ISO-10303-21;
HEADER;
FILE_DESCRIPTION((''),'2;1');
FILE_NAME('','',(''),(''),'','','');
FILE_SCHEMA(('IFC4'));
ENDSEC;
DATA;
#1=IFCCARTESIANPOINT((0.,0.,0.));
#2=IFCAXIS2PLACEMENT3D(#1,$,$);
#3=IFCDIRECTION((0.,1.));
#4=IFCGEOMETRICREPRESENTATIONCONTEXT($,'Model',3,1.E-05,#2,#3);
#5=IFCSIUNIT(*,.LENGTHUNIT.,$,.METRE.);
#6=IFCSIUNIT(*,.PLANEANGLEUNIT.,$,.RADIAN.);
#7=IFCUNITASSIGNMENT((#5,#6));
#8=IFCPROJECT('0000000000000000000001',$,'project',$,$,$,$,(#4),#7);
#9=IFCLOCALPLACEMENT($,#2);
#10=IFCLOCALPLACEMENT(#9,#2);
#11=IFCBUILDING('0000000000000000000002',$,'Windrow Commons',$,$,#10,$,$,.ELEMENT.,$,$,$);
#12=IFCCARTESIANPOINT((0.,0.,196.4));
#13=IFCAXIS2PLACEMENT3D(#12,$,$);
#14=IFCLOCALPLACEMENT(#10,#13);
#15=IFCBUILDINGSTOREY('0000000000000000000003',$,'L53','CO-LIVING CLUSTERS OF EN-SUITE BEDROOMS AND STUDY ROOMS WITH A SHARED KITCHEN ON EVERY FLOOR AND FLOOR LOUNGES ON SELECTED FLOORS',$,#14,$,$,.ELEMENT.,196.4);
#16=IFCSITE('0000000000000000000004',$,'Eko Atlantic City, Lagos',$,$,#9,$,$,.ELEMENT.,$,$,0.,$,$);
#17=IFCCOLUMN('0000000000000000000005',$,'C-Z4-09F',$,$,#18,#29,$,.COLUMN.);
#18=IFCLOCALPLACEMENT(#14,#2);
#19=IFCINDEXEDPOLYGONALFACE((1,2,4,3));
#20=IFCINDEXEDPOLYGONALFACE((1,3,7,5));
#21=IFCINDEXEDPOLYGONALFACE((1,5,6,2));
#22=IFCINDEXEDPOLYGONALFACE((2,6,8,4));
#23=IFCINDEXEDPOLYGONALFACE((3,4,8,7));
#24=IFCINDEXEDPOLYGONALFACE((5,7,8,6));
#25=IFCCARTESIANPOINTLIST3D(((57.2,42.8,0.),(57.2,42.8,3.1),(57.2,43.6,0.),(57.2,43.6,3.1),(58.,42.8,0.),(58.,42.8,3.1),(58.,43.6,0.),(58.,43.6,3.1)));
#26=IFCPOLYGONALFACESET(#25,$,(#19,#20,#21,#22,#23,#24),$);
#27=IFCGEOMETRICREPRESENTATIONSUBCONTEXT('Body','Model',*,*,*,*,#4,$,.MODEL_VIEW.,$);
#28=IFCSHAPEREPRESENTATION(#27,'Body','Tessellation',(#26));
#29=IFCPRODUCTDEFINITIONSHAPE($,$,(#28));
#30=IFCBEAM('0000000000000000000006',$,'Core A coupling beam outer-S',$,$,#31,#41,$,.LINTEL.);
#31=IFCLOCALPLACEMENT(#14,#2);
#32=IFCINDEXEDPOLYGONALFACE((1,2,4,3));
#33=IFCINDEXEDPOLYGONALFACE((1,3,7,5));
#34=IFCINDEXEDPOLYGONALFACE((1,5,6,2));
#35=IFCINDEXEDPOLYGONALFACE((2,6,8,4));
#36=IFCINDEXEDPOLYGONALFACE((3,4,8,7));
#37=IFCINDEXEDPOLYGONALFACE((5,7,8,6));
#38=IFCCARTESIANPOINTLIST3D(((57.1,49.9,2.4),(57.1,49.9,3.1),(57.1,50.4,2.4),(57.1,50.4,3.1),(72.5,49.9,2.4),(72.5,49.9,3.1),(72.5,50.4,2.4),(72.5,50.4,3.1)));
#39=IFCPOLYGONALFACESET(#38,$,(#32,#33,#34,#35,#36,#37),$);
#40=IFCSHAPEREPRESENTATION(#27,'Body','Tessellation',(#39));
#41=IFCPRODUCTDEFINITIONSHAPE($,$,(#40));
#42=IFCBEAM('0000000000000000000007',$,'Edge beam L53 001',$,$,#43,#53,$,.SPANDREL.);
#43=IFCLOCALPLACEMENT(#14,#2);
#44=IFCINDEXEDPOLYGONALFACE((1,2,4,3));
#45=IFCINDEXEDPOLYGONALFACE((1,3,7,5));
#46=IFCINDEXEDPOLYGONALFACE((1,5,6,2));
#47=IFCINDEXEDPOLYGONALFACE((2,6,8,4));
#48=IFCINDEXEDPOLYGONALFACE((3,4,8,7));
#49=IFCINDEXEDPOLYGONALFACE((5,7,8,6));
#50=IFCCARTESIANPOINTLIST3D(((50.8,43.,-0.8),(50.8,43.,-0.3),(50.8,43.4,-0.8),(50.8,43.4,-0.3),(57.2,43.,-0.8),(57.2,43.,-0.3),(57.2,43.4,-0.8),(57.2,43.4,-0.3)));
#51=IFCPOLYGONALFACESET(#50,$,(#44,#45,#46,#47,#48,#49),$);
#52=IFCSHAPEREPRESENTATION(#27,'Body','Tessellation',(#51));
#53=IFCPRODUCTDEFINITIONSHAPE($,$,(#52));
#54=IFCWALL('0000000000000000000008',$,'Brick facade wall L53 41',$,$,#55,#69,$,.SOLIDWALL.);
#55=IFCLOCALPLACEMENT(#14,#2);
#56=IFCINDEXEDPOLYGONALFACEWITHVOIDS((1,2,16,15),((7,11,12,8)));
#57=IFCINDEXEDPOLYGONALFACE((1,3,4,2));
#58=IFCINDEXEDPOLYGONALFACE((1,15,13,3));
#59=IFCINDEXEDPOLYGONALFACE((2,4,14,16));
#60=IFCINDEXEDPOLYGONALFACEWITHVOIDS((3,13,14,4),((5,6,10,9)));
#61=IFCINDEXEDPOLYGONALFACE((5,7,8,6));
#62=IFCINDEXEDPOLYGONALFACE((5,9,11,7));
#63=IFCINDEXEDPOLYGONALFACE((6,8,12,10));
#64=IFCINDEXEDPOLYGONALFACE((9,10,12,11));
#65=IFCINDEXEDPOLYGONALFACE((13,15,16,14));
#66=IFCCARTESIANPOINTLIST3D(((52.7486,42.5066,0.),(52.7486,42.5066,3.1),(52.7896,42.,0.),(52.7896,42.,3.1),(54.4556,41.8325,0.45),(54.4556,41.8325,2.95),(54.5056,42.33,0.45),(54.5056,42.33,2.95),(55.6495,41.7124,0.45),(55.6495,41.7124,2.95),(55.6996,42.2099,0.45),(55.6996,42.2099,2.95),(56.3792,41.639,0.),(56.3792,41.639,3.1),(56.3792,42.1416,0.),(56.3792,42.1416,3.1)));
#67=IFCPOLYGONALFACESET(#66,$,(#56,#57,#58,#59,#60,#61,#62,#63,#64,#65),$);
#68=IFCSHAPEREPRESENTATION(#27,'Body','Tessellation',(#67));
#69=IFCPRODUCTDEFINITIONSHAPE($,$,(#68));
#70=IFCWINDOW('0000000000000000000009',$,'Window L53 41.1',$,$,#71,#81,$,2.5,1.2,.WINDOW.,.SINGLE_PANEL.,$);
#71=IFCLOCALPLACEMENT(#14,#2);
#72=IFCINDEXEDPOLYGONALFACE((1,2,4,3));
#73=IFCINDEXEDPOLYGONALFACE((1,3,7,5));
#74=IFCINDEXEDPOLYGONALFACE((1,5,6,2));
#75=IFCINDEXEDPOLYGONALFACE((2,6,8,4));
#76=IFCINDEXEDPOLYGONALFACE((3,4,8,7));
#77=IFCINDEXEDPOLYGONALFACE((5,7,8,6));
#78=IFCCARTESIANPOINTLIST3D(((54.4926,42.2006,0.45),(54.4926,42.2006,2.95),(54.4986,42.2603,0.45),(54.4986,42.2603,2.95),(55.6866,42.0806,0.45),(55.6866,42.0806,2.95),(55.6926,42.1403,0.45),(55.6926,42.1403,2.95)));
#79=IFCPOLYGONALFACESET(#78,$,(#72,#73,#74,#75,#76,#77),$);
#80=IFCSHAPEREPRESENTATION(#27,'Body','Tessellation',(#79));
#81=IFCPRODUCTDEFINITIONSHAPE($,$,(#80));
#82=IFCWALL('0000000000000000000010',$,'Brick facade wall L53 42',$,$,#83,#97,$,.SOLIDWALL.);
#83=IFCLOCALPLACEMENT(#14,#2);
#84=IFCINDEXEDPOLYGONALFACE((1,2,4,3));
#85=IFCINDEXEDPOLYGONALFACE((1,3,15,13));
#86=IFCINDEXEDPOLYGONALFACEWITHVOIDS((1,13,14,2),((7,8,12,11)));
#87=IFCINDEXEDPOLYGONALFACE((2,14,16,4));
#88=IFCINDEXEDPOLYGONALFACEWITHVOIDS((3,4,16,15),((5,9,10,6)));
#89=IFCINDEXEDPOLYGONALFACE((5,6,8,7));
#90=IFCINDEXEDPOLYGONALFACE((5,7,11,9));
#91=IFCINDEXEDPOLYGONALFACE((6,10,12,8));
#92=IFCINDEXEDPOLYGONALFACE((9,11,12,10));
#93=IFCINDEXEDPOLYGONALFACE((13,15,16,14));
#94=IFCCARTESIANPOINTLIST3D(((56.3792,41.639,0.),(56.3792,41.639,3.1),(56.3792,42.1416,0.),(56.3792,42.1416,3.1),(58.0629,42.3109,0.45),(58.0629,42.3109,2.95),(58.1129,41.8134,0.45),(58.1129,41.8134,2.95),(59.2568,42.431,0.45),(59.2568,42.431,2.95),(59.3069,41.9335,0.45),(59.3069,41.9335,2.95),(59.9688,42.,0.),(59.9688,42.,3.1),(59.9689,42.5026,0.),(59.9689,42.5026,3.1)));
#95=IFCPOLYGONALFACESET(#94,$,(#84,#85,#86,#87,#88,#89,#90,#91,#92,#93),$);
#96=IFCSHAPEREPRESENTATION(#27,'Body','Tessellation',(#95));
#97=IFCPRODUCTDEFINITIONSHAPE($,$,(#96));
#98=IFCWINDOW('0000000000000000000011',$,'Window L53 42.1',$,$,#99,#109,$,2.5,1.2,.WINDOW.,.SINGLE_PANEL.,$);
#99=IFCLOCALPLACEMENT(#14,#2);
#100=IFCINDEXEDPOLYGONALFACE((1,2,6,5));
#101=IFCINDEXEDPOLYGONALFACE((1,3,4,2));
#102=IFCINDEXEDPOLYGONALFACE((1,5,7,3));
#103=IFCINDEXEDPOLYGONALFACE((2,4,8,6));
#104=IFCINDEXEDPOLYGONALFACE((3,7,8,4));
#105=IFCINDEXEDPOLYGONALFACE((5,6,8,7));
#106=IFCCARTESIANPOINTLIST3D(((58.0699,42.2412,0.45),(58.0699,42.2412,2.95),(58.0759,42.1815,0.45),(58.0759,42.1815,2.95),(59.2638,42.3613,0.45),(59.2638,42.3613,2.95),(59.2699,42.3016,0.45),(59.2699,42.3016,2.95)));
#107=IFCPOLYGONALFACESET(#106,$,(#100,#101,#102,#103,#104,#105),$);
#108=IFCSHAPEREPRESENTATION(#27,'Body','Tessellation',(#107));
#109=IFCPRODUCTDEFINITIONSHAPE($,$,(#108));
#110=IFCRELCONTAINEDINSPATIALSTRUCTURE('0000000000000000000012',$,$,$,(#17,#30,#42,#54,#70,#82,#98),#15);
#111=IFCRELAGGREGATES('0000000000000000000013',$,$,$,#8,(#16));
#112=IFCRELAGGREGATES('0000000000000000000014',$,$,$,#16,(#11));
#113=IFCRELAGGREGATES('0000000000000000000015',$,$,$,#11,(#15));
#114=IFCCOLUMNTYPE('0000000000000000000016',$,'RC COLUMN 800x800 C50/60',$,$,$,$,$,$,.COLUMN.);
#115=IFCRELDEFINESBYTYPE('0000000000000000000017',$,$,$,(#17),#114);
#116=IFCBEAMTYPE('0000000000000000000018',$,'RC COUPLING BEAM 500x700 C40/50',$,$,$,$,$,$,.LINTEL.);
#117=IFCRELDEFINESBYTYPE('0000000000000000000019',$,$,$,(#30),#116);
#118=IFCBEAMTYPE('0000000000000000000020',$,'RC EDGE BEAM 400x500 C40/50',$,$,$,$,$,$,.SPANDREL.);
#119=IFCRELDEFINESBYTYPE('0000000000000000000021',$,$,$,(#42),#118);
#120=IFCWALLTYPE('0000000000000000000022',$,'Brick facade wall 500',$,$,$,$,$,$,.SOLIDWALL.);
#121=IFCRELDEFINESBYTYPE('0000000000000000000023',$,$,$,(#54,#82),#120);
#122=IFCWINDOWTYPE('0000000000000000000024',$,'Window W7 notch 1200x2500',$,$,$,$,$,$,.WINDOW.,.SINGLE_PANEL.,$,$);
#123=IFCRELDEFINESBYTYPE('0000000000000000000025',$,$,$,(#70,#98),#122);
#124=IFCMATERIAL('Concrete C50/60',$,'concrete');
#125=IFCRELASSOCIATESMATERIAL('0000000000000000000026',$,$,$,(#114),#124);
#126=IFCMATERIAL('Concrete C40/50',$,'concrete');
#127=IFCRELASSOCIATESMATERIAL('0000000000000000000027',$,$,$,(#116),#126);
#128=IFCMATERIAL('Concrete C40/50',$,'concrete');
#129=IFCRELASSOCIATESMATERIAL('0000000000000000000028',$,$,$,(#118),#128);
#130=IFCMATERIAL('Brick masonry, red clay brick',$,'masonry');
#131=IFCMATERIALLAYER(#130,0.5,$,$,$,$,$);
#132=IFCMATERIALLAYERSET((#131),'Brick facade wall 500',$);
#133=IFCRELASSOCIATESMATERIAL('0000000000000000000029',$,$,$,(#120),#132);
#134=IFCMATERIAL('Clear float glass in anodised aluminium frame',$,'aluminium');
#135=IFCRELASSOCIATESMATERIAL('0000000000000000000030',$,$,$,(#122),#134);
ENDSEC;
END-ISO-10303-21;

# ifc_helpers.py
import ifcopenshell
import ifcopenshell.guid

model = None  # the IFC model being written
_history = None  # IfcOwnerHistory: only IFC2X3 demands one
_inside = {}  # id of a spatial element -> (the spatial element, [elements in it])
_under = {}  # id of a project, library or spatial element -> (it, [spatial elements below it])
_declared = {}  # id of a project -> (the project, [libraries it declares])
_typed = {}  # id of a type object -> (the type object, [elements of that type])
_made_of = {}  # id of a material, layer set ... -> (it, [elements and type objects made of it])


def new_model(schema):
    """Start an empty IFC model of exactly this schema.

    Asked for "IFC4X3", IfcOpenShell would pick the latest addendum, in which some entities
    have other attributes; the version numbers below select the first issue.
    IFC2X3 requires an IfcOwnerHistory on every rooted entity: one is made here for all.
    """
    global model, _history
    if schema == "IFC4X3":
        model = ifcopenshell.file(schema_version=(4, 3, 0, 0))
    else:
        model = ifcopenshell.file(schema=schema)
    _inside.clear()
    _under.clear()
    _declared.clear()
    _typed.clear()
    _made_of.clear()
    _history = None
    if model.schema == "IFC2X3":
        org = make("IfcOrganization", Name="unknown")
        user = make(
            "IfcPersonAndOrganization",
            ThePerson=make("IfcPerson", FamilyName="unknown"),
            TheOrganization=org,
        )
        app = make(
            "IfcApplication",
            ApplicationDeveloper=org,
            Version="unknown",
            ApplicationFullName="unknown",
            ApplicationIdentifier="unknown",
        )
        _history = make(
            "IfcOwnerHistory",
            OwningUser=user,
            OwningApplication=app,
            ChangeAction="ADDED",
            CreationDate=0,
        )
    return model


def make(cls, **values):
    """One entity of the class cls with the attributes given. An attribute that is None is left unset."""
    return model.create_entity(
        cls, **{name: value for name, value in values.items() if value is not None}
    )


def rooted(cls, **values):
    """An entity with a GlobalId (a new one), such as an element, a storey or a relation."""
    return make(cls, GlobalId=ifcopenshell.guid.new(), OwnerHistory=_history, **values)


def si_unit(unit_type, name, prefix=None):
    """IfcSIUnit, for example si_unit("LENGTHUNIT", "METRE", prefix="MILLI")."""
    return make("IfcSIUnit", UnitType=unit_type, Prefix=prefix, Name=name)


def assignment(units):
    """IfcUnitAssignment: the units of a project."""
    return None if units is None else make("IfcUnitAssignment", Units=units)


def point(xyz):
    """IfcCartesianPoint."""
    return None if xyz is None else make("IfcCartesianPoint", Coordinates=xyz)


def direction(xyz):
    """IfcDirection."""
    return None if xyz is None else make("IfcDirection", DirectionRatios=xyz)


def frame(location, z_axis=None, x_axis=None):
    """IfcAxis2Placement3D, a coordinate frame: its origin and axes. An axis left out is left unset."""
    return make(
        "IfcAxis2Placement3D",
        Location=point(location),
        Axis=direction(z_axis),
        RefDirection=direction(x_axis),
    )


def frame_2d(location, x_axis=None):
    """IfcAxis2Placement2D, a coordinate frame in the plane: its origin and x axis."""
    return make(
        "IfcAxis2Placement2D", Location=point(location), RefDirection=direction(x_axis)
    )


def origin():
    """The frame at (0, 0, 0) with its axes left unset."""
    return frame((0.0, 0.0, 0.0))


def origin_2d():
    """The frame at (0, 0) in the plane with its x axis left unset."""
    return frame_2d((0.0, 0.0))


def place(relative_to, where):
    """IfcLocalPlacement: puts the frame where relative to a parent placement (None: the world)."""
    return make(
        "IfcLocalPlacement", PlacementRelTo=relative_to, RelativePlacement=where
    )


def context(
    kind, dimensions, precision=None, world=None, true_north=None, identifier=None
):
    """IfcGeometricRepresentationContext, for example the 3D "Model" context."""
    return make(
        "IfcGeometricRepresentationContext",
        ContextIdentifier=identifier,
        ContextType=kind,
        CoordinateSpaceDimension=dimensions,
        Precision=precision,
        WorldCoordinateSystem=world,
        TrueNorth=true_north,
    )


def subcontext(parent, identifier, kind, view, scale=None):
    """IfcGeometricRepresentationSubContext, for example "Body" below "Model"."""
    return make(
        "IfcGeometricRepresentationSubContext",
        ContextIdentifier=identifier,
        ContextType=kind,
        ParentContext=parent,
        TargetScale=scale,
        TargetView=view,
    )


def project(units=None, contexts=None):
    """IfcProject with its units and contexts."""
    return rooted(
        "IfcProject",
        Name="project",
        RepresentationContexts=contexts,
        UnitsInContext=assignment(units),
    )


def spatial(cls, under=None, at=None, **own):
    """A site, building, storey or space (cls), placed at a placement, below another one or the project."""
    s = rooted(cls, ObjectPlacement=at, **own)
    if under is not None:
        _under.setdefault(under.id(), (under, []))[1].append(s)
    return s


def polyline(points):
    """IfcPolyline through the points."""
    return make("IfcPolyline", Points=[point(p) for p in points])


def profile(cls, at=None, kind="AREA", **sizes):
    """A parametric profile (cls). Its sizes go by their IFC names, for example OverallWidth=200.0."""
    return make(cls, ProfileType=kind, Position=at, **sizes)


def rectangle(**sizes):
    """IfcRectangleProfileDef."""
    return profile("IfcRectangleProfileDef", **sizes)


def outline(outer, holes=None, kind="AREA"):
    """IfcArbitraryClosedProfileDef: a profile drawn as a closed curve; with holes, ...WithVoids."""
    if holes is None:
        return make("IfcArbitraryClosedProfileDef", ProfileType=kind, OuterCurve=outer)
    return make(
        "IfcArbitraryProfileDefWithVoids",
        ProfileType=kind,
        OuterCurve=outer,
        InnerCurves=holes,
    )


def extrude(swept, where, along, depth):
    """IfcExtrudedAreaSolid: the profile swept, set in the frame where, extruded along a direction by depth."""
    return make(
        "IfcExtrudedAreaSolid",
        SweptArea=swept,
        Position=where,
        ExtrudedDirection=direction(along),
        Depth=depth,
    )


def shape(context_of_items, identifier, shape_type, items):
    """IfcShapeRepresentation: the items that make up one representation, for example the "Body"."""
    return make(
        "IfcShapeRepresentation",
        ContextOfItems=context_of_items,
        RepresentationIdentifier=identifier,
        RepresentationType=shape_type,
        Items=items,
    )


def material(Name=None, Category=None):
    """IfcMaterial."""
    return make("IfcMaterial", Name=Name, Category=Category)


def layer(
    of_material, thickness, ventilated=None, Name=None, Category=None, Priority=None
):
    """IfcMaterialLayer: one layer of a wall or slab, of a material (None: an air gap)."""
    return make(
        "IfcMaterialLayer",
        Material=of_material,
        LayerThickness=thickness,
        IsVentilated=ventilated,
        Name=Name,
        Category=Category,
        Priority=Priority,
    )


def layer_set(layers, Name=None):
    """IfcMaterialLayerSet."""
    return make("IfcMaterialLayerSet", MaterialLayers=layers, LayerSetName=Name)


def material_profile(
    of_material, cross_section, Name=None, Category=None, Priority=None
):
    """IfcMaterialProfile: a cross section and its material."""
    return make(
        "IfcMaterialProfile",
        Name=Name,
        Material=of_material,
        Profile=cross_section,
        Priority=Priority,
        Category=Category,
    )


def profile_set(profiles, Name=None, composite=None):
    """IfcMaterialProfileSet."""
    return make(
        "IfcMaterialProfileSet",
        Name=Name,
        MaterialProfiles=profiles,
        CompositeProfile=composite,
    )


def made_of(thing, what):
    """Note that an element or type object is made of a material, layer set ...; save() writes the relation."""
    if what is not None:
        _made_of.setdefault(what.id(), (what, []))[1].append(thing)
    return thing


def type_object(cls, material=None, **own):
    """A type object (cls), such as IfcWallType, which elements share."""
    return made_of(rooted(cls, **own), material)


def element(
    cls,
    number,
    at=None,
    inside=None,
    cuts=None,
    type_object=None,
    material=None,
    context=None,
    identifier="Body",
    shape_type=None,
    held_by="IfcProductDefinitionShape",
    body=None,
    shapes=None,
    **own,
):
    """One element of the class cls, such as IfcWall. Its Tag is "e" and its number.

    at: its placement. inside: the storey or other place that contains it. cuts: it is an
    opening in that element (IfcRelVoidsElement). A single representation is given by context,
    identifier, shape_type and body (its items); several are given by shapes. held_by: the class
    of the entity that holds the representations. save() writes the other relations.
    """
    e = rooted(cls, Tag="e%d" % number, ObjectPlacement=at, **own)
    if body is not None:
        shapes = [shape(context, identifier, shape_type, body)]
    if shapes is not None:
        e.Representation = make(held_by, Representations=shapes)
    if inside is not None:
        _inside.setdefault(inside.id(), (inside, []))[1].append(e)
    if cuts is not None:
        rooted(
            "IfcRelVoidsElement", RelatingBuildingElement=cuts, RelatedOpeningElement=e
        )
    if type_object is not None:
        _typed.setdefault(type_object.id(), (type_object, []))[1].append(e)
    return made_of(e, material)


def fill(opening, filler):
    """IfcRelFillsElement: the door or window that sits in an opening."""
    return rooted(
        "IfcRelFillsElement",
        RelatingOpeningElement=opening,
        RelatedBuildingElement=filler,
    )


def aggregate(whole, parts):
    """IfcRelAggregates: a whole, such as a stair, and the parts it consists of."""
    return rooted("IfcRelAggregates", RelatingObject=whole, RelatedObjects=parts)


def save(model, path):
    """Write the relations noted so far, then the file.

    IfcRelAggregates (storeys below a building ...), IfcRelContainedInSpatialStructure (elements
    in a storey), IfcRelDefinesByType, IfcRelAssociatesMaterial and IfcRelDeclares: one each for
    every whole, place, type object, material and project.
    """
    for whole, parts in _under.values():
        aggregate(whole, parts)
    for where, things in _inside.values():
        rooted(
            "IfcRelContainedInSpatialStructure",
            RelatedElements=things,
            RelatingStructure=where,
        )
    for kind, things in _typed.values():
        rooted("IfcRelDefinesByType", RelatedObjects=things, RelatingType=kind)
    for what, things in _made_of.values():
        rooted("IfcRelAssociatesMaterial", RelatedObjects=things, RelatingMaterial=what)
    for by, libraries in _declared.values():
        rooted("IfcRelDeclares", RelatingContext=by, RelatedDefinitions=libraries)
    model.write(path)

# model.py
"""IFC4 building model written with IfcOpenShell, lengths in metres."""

from ifc_helpers import new_model, si_unit, direction, frame, frame_2d, origin, origin_2d, place, context, subcontext, project, spatial, polyline, rectangle, outline, extrude, material, layer, layer_set, material_profile, profile_set, type_object, element, fill, save


model = new_model("IFC4")

# Units and contexts
model_context = context("Model", 3, precision=1e-05, world=origin(), true_north=direction((0.0, 1.0)))
body_context = subcontext(model_context, "Body", "Model", "MODEL_VIEW")
ifc_project = project(units=[si_unit("LENGTHUNIT", "METRE"), si_unit("PLANEANGLEUNIT", "RADIAN")], contexts=[model_context])

# Site, building, storey
site_placement = place(None, origin())
site = spatial("IfcSite", under=ifc_project, at=site_placement, Name="Eko Atlantic City, Lagos", CompositionType="ELEMENT", RefElevation=0.0)
building_placement = place(site_placement, origin())
building = spatial("IfcBuilding", under=site, at=building_placement, Name="Windrow Commons", CompositionType="ELEMENT")
storey_placement = place(building_placement, frame((0.0, 0.0, 196.4)))
storey = spatial("IfcBuildingStorey", under=building, at=storey_placement, Name="L53", Description="CO-LIVING CLUSTERS OF EN-SUITE BEDROOMS AND STUDY ROOMS WITH A SHARED KITCHEN ON EVERY FLOOR AND FLOOR LOUNGES ON SELECTED FLOORS", CompositionType="ELEMENT", Elevation=196.4)

# Column
ifc_material_1 = material(Name="Concrete C50/60", Category="concrete")
ifc_material_profile_1 = material_profile(ifc_material_1, rectangle(XDim=0.8, YDim=0.8, at=origin_2d()))
ifc_profile_set_1 = profile_set([ifc_material_profile_1], Name="Concrete C50/60")
column_type = type_object("IfcColumnType", Name="RC COLUMN 800x800 C50/60", PredefinedType="COLUMN", material=ifc_profile_set_1)
column_placement = place(storey_placement, frame((57.6, 43.2, 0.0), z_axis=(0.0, 0.0, 1.0), x_axis=(1.0, 0.0, 0.0)))
element("IfcColumn", 1, at=column_placement, inside=storey, type_object=column_type, Name="C-Z4-09F", PredefinedType="COLUMN", context=body_context, shape_type="SweptSolid", body=[
    extrude(rectangle(XDim=0.8, YDim=0.8, at=origin_2d()), origin(), (0.0, 0.0, 1.0), 3.1),
])

# Beams
ifc_material_2 = material(Name="Concrete C40/50", Category="concrete")
ifc_material_profile_2 = material_profile(ifc_material_2, rectangle(XDim=0.5, YDim=0.7, at=origin_2d()))
ifc_profile_set_2 = profile_set([ifc_material_profile_2], Name="Concrete C40/50")
beam_type_1 = type_object("IfcBeamType", Name="RC COUPLING BEAM 500x700 C40/50", PredefinedType="LINTEL", material=ifc_profile_set_2)
beam_1_placement = place(storey_placement, frame((57.1, 50.15, 2.75), z_axis=(1.0, 0.0, 0.0), x_axis=(0.0, 1.0, 0.0)))
element("IfcBeam", 2, at=beam_1_placement, inside=storey, type_object=beam_type_1, Name="Core A coupling beam outer-S", PredefinedType="LINTEL", context=body_context, shape_type="SweptSolid", body=[
    extrude(rectangle(XDim=0.5, YDim=0.7, at=origin_2d()), origin(), (0.0, 0.0, 1.0), 15.4),
])
ifc_material_3 = material(Name="Concrete C40/50", Category="concrete")
ifc_material_profile_3 = material_profile(ifc_material_3, rectangle(XDim=0.4, YDim=0.5, at=origin_2d()))
ifc_profile_set_3 = profile_set([ifc_material_profile_3], Name="Concrete C40/50")
beam_type_2 = type_object("IfcBeamType", Name="RC EDGE BEAM 400x500 C40/50", PredefinedType="SPANDREL", material=ifc_profile_set_3)
beam_2_placement = place(storey_placement, frame((57.2, 43.2, -0.55), z_axis=(-1.0, 0.0, 0.0), x_axis=(0.0, -1.0, 0.0)))
element("IfcBeam", 3, at=beam_2_placement, inside=storey, type_object=beam_type_2, Name="Edge beam L53 001", PredefinedType="SPANDREL", context=body_context, shape_type="SweptSolid", body=[
    extrude(rectangle(XDim=0.4, YDim=0.5, at=origin_2d()), origin(), (0.0, 0.0, 1.0), 6.4),
])

# Walls, openings, windows
ifc_material_4 = material(Name="Brick masonry, red clay brick", Category="masonry")
ifc_layer_1 = layer(ifc_material_4, 0.5)
ifc_layer_set_1 = layer_set([ifc_layer_1], Name="Brick facade wall 500")
wall_type_1 = type_object("IfcWallType", Name="Brick facade wall 500", PredefinedType="SOLIDWALL", material=ifc_layer_set_1)
wall_1_placement = place(storey_placement, frame((52.7691, 42.2533, 0.0), z_axis=(0.0, 0.0, 1.0), x_axis=(0.994983, -0.100047, 0.0)))
wall_1 = element("IfcWall", 4, at=wall_1_placement, inside=storey, type_object=wall_type_1, Name="Brick facade wall L53 41", PredefinedType="SOLIDWALL", context=body_context, shape_type="SweptSolid", body=[
    extrude(outline(polyline([(0.0457, -0.25), (3.6534, -0.25), (3.6032, 0.25), (-0.0457, 0.25), (0.0457, -0.25)])), origin(), (0.0, 0.0, 1.0), 3.1),
])
opening_1_placement = place(wall_1_placement, frame((1.7201, 0.0, 0.45)))
opening_1 = element("IfcOpeningElement", 5, at=opening_1_placement, cuts=wall_1, PredefinedType="OPENING", context=body_context, shape_type="SweptSolid", body=[
    extrude(rectangle(XDim=1.2, YDim=2.5, at=frame_2d((0.6, 1.25))), frame((0.0, 0.26, 0.0), z_axis=(0.0, -1.0, 0.0), x_axis=(1.0, 0.0, 0.0)), (0.0, 0.0, 1.0), 0.52),
])
ifc_material_5 = material(Name="Clear float glass in anodised aluminium frame", Category="aluminium")
window_type = type_object("IfcWindowType", Name="Window W7 notch 1200x2500", PartitioningType="SINGLE_PANEL", PredefinedType="WINDOW", material=ifc_material_5)
window_1_placement = place(opening_1_placement, origin())
window_1 = element("IfcWindow", 6, at=window_1_placement, inside=storey, type_object=window_type, Name="Window L53 41.1", OverallHeight=2.5, OverallWidth=1.2, PartitioningType="SINGLE_PANEL", PredefinedType="WINDOW", context=body_context, shape_type="SweptSolid", body=[
    extrude(rectangle(XDim=1.2, YDim=2.5, at=frame_2d((0.6, 1.25))), frame((0.0, 0.18, 0.0), z_axis=(0.0, -1.0, 0.0), x_axis=(1.0, 0.0, 0.0)), (0.0, 0.0, 1.0), 0.06),
])
fill(opening_1, window_1)
wall_2_placement = place(storey_placement, frame((56.3792, 41.8903, 0.0), z_axis=(0.0, 0.0, 1.0), x_axis=(0.994981, 0.100064, 0.0)))
wall_2 = element("IfcWall", 7, at=wall_2_placement, inside=storey, type_object=wall_type_1, Name="Brick facade wall L53 42", PredefinedType="SOLIDWALL", context=body_context, shape_type="SweptSolid", body=[
    extrude(outline(polyline([(-0.0251, -0.25), (3.5826, -0.25), (3.6329, 0.25), (0.0251, 0.25), (-0.0251, -0.25)])), origin(), (0.0, 0.0, 1.0), 3.1),
])
opening_2_placement = place(wall_2_placement, frame((1.7173, 0.0, 0.45)))
opening_2 = element("IfcOpeningElement", 8, at=opening_2_placement, cuts=wall_2, PredefinedType="OPENING", context=body_context, shape_type="SweptSolid", body=[
    extrude(rectangle(XDim=1.2, YDim=2.5, at=frame_2d((0.6, 1.25))), frame((0.0, 0.26, 0.0), z_axis=(0.0, -1.0, 0.0), x_axis=(1.0, 0.0, 0.0)), (0.0, 0.0, 1.0), 0.52),
])
window_2_placement = place(opening_2_placement, origin())
window_2 = element("IfcWindow", 9, at=window_2_placement, inside=storey, type_object=window_type, Name="Window L53 42.1", OverallHeight=2.5, OverallWidth=1.2, PartitioningType="SINGLE_PANEL", PredefinedType="WINDOW", context=body_context, shape_type="SweptSolid", body=[
    extrude(rectangle(XDim=1.2, YDim=2.5, at=frame_2d((0.6, 1.25))), frame((0.0, 0.18, 0.0), z_axis=(0.0, -1.0, 0.0), x_axis=(1.0, 0.0, 0.0)), (0.0, 0.0, 1.0), 0.06),
])
fill(opening_2, window_2)

save(model, "model.ifc")
